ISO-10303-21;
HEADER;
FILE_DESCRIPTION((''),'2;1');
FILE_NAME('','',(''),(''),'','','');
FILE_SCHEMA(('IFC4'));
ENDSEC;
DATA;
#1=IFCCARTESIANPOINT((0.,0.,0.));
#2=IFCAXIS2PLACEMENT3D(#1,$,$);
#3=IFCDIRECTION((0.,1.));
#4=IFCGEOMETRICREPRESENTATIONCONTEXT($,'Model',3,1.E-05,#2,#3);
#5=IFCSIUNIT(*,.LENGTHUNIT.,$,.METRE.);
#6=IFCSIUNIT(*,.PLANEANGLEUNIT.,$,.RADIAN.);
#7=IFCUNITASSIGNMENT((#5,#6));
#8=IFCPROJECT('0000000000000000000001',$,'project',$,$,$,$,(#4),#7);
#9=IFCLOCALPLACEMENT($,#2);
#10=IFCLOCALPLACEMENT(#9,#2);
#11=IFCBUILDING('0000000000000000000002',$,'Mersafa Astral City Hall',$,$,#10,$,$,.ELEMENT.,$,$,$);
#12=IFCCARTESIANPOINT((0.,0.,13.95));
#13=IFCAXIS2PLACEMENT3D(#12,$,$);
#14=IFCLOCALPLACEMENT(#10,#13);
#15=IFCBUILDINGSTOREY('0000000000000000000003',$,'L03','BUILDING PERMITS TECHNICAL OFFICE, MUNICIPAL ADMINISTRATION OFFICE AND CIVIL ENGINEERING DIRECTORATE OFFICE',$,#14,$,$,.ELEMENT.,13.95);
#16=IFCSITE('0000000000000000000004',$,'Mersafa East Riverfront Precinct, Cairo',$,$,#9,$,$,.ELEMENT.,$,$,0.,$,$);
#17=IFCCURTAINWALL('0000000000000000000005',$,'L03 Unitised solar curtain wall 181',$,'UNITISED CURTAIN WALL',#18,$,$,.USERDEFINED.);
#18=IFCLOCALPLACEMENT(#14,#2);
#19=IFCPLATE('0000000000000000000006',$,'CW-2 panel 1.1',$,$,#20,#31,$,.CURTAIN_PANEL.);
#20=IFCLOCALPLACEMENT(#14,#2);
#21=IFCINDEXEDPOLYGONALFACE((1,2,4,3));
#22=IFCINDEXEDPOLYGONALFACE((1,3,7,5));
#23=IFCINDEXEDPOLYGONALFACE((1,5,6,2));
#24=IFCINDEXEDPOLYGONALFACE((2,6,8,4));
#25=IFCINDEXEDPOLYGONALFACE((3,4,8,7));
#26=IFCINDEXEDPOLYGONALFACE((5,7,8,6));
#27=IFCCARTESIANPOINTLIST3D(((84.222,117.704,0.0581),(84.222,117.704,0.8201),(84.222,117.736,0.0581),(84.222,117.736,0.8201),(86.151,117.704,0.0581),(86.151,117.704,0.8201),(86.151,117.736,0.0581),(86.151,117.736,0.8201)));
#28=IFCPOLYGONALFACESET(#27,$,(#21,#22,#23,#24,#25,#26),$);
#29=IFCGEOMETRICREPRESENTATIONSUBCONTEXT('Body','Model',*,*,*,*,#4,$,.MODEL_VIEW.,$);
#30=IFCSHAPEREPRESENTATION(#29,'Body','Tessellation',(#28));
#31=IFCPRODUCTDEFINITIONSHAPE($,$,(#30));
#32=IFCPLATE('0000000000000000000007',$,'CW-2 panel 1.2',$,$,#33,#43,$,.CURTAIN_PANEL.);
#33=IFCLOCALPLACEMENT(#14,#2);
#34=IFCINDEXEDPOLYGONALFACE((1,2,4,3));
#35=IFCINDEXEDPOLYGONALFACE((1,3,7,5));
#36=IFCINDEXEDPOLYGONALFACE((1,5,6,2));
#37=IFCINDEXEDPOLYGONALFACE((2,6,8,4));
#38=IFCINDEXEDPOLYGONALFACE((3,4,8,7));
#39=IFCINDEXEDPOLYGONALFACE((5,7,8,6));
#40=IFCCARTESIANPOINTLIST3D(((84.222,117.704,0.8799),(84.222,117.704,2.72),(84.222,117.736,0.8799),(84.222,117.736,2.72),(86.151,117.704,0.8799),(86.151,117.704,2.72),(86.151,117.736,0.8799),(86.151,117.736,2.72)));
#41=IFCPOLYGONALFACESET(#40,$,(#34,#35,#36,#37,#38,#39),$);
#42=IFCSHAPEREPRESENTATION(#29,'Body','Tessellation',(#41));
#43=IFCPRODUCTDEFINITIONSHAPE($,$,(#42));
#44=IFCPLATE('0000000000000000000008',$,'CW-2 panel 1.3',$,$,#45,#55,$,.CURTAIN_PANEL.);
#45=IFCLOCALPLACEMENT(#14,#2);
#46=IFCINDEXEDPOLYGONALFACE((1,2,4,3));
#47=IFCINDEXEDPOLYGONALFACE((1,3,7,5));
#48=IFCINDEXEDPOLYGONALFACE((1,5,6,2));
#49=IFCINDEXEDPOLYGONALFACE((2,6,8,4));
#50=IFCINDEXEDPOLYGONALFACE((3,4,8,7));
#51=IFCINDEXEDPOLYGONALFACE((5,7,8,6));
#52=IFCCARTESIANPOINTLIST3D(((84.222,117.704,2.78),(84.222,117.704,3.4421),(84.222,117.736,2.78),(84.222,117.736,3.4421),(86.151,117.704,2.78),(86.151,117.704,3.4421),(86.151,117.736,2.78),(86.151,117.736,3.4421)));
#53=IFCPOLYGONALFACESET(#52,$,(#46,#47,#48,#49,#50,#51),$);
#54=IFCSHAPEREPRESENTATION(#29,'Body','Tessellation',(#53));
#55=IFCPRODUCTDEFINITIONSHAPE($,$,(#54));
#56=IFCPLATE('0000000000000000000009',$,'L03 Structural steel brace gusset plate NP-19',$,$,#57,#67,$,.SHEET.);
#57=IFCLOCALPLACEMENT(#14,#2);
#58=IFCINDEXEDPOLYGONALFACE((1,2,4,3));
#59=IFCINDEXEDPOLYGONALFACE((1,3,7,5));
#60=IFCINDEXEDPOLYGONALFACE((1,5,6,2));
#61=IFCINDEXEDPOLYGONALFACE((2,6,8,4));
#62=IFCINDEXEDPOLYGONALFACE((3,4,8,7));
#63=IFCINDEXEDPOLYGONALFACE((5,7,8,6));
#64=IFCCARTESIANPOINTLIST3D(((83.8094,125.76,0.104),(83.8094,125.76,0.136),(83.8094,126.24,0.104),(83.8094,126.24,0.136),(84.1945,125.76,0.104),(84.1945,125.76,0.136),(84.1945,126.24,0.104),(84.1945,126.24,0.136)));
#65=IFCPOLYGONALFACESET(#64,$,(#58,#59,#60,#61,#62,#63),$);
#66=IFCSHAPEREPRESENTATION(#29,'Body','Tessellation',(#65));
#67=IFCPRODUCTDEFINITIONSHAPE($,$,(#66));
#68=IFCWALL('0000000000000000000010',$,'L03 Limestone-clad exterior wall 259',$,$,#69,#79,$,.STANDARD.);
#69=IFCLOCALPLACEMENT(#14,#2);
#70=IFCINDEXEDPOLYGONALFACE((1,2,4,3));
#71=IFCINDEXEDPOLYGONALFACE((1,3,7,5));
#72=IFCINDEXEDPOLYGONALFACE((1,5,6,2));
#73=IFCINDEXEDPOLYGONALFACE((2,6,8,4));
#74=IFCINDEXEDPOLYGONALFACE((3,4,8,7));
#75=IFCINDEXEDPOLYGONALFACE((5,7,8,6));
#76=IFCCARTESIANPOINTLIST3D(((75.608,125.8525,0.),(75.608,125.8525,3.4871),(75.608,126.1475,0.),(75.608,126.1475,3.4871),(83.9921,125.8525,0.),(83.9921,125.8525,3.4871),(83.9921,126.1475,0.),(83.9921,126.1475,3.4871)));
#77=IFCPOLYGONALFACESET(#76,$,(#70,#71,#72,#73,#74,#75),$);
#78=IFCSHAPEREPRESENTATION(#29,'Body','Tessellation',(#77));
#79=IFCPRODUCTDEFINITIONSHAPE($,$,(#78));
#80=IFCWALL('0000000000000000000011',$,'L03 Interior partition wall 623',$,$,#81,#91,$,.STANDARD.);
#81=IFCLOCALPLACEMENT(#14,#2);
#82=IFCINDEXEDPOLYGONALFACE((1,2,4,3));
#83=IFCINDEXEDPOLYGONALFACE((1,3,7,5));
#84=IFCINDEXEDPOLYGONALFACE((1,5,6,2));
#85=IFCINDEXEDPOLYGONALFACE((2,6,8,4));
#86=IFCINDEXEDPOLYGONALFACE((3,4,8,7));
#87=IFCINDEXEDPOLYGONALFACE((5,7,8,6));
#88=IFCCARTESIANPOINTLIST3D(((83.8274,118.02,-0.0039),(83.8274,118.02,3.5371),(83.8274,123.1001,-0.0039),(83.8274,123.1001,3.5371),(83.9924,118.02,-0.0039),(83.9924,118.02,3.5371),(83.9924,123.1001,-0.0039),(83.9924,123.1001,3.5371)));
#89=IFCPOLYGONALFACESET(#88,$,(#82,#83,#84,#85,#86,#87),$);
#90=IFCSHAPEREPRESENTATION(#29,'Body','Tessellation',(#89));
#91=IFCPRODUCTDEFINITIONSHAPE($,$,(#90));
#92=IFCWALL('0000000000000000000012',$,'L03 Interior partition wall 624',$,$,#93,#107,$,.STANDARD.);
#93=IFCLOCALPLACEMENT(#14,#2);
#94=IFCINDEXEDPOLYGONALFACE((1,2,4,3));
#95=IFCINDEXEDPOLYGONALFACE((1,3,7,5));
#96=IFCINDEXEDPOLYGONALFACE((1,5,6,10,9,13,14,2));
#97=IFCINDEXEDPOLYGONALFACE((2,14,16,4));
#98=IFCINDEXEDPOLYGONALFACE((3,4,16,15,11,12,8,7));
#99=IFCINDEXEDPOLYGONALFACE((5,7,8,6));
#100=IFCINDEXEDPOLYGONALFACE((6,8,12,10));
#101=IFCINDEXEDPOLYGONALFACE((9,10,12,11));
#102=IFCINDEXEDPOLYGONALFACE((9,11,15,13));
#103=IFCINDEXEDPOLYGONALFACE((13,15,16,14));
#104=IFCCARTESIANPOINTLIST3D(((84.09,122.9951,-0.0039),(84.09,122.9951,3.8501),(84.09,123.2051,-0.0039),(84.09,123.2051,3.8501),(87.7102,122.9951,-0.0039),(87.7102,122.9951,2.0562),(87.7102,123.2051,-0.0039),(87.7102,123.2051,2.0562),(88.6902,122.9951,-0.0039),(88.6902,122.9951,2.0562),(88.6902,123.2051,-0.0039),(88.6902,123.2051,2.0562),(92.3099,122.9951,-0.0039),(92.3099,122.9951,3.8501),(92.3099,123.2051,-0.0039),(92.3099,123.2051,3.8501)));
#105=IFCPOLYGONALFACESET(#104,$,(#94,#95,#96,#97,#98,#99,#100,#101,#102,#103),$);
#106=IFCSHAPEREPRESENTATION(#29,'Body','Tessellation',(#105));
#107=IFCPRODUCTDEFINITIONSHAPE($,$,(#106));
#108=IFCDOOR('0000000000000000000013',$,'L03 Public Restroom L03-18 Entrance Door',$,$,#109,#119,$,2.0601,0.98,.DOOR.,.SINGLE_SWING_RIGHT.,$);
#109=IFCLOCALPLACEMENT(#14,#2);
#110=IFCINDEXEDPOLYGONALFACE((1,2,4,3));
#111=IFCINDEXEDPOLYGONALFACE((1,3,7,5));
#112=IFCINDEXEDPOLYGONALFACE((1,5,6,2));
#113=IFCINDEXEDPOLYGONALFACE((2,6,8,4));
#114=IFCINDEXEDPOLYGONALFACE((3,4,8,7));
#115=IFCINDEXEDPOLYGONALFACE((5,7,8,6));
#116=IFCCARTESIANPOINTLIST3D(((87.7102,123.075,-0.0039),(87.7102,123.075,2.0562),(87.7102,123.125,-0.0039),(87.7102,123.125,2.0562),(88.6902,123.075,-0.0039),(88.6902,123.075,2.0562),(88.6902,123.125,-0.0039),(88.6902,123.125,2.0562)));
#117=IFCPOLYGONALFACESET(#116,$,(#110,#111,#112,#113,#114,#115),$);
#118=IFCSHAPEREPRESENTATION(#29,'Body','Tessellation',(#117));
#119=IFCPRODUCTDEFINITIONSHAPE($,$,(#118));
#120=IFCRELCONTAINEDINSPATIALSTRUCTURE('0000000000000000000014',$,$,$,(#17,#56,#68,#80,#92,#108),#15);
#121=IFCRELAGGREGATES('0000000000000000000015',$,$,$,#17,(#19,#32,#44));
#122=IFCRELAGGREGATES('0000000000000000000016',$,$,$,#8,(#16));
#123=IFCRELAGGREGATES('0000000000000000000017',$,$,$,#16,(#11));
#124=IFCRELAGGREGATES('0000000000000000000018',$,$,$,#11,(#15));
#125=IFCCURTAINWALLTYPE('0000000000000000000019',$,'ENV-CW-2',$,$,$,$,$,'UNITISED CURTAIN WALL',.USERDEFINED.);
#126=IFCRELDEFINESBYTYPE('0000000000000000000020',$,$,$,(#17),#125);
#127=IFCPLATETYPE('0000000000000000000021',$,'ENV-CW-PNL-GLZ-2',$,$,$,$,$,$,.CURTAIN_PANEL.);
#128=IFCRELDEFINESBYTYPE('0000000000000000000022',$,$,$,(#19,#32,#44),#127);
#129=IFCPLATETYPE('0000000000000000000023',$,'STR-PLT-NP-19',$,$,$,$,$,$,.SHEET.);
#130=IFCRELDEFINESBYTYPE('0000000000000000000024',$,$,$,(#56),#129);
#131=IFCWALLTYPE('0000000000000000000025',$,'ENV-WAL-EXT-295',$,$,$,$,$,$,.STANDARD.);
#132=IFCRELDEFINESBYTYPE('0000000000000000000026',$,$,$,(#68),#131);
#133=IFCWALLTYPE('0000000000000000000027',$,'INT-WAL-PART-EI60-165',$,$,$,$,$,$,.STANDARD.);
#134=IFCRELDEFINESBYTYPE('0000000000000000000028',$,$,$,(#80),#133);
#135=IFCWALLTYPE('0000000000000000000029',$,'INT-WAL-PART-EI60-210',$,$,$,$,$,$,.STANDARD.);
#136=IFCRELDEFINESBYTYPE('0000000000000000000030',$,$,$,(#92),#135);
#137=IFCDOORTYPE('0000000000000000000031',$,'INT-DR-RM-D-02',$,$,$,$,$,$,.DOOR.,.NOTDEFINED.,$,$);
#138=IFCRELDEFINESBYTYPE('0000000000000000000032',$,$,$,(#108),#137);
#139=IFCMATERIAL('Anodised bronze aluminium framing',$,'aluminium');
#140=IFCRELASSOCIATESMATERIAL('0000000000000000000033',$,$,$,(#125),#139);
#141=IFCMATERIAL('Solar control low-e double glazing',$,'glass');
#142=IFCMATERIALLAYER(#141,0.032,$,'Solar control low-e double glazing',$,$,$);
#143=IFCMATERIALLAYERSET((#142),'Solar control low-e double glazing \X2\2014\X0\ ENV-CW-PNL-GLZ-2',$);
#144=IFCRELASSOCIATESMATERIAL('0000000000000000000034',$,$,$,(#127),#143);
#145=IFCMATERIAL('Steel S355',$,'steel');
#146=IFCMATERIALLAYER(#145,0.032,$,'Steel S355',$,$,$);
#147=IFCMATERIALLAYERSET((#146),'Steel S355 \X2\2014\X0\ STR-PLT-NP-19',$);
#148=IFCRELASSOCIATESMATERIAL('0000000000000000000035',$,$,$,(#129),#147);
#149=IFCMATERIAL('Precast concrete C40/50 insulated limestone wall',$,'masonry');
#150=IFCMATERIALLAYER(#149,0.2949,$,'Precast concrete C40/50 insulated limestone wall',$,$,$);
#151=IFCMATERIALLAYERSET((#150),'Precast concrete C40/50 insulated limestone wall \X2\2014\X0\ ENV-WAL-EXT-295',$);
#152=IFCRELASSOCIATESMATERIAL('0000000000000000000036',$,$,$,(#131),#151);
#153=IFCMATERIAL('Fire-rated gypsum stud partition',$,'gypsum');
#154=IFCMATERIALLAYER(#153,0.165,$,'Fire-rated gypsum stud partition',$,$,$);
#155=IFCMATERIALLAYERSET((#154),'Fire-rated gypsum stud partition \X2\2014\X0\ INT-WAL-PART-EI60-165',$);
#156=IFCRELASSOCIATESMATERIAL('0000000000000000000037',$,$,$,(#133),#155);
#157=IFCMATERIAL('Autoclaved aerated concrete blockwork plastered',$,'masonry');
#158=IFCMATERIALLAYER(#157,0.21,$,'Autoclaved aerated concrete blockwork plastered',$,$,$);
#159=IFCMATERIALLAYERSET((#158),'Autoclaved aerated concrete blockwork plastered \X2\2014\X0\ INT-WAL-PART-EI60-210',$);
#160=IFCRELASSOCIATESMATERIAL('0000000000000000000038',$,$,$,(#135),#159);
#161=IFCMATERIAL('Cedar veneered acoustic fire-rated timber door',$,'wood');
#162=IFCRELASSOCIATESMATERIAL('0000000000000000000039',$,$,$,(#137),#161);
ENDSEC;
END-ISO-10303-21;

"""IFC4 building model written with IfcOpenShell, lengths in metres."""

from ifc_helpers import new_model, si_unit, direction, frame, frame_2d, origin, origin_2d, place, context, subcontext, project, spatial, rectangle, extrude, material, layer, layer_set, type_object, element, fill, aggregate, save


model = new_model("IFC4")

# Units and contexts
model_context = context("Model", 3, precision=1e-05, world=origin(), true_north=direction((0.0, 1.0)))
body_context = subcontext(model_context, "Body", "Model", "MODEL_VIEW")
ifc_project = project(units=[si_unit("LENGTHUNIT", "METRE"), si_unit("PLANEANGLEUNIT", "RADIAN")], contexts=[model_context])

# Site, building, storey
site_placement = place(None, origin())
site = spatial("IfcSite", under=ifc_project, at=site_placement, Name="Mersafa East Riverfront Precinct, Cairo", CompositionType="ELEMENT", RefElevation=0.0)
building_placement = place(site_placement, origin())
building = spatial("IfcBuilding", under=site, at=building_placement, Name="Mersafa Astral City Hall", CompositionType="ELEMENT")
storey_placement = place(building_placement, frame((0.0, 0.0, 13.95)))
storey = spatial("IfcBuildingStorey", under=building, at=storey_placement, Name="L03", Description="BUILDING PERMITS TECHNICAL OFFICE, MUNICIPAL ADMINISTRATION OFFICE AND CIVIL ENGINEERING DIRECTORATE OFFICE", CompositionType="ELEMENT", Elevation=13.95)

# Shared definitions
ifc_material_1 = material(Name="Steel S355", Category="steel")

# Shared definitions
ifc_material_2 = material(Name="Anodised bronze aluminium framing", Category="aluminium")

# Curtain wall
curtain_wall_type_1 = type_object("IfcCurtainWallType", Name="ENV-CW-2", ElementType="UNITISED CURTAIN WALL", PredefinedType="USERDEFINED", material=ifc_material_2)
curtain_wall_1_placement = place(storey_placement, origin())
curtain_wall_1 = element("IfcCurtainWall", 1, at=curtain_wall_1_placement, inside=storey, type_object=curtain_wall_type_1, Name="L03 Unitised solar curtain wall 181", ObjectType="UNITISED CURTAIN WALL", PredefinedType="USERDEFINED")

# Plates
ifc_material_3 = material(Name="Solar control low-e double glazing", Category="glass")
ifc_layer_1 = layer(ifc_material_3, 0.032, Name="Solar control low-e double glazing")
ifc_layer_set_1 = layer_set([ifc_layer_1], Name="Solar control low-e double glazing — ENV-CW-PNL-GLZ-2")
plate_type_1 = type_object("IfcPlateType", Name="ENV-CW-PNL-GLZ-2", PredefinedType="CURTAIN_PANEL", material=ifc_layer_set_1)
plate_1_placement = place(storey_placement, frame((85.1865, 117.72, 0.0581), z_axis=(0.0, 0.0, 1.0), x_axis=(1.0, 0.0, 0.0)))
plate_1 = element("IfcPlate", 2, at=plate_1_placement, type_object=plate_type_1, Name="CW-2 panel 1.1", PredefinedType="CURTAIN_PANEL", context=body_context, shape_type="SweptSolid", body=[
    extrude(rectangle(XDim=1.929, YDim=0.032, at=origin_2d()), origin(), (0.0, 0.0, 1.0), 0.762),
])
plate_2_placement = place(storey_placement, frame((85.1865, 117.72, 0.8799), z_axis=(0.0, 0.0, 1.0), x_axis=(1.0, 0.0, 0.0)))
plate_2 = element("IfcPlate", 3, at=plate_2_placement, type_object=plate_type_1, Name="CW-2 panel 1.2", PredefinedType="CURTAIN_PANEL", context=body_context, shape_type="SweptSolid", body=[
    extrude(rectangle(XDim=1.929, YDim=0.032, at=origin_2d()), origin(), (0.0, 0.0, 1.0), 1.8401),
])
plate_3_placement = place(storey_placement, frame((85.1865, 117.72, 2.78), z_axis=(0.0, 0.0, 1.0), x_axis=(1.0, 0.0, 0.0)))
plate_3 = element("IfcPlate", 4, at=plate_3_placement, type_object=plate_type_1, Name="CW-2 panel 1.3", PredefinedType="CURTAIN_PANEL", context=body_context, shape_type="SweptSolid", body=[
    extrude(rectangle(XDim=1.929, YDim=0.032, at=origin_2d()), origin(), (0.0, 0.0, 1.0), 0.6621),
])
aggregate(curtain_wall_1, [plate_1, plate_2, plate_3])
ifc_layer_2 = layer(ifc_material_1, 0.032, Name="Steel S355")
ifc_layer_set_2 = layer_set([ifc_layer_2], Name="Steel S355 — STR-PLT-NP-19")
plate_type_2 = type_object("IfcPlateType", Name="STR-PLT-NP-19", PredefinedType="SHEET", material=ifc_layer_set_2)
plate_4_placement = place(storey_placement, frame((84.002, 126.0, 0.104), z_axis=(0.0, 0.0, 1.0), x_axis=(1.0, 0.0, 0.0)))
element("IfcPlate", 5, at=plate_4_placement, inside=storey, type_object=plate_type_2, Name="L03 Structural steel brace gusset plate NP-19", PredefinedType="SHEET", context=body_context, shape_type="SweptSolid", body=[
    extrude(rectangle(XDim=0.385, YDim=0.48, at=origin_2d()), origin(), (0.0, 0.0, 1.0), 0.032),
])

# Walls
ifc_material_4 = material(Name="Precast concrete C40/50 insulated limestone wall", Category="masonry")
ifc_layer_3 = layer(ifc_material_4, 0.2949, Name="Precast concrete C40/50 insulated limestone wall")
ifc_layer_set_3 = layer_set([ifc_layer_3], Name="Precast concrete C40/50 insulated limestone wall — ENV-WAL-EXT-295")
wall_type_1 = type_object("IfcWallType", Name="ENV-WAL-EXT-295", PredefinedType="STANDARD", material=ifc_layer_set_3)
wall_1_placement = place(storey_placement, frame((83.9919, 126.0, 0.0), z_axis=(0.0, 0.0, 1.0), x_axis=(-1.0, 0.0, 0.0)))
element("IfcWall", 6, at=wall_1_placement, inside=storey, type_object=wall_type_1, Name="L03 Limestone-clad exterior wall 259", PredefinedType="STANDARD", context=body_context, shape_type="SweptSolid", body=[
    extrude(rectangle(XDim=8.384, YDim=0.2949, at=frame_2d((4.1919, 0.0))), origin(), (0.0, 0.0, 1.0), 3.4871),
])
ifc_material_5 = material(Name="Fire-rated gypsum stud partition", Category="gypsum")
ifc_layer_4 = layer(ifc_material_5, 0.165, Name="Fire-rated gypsum stud partition")
ifc_layer_set_4 = layer_set([ifc_layer_4], Name="Fire-rated gypsum stud partition — INT-WAL-PART-EI60-165")
wall_type_2 = type_object("IfcWallType", Name="INT-WAL-PART-EI60-165", PredefinedType="STANDARD", material=ifc_layer_set_4)
wall_2_placement = place(storey_placement, frame((83.9099, 123.1001, -0.0039), z_axis=(0.0, 0.0, 1.0), x_axis=(0.0, -1.0, 0.0)))
element("IfcWall", 7, at=wall_2_placement, inside=storey, type_object=wall_type_2, Name="L03 Interior partition wall 623", PredefinedType="STANDARD", context=body_context, shape_type="SweptSolid", body=[
    extrude(rectangle(XDim=5.0801, YDim=0.165, at=frame_2d((2.54, 0.0))), origin(), (0.0, 0.0, 1.0), 3.541),
])

# Wall, opening, door
ifc_material_6 = material(Name="Autoclaved aerated concrete blockwork plastered", Category="masonry")
ifc_layer_5 = layer(ifc_material_6, 0.21, Name="Autoclaved aerated concrete blockwork plastered")
ifc_layer_set_5 = layer_set([ifc_layer_5], Name="Autoclaved aerated concrete blockwork plastered — INT-WAL-PART-EI60-210")
wall_type_3 = type_object("IfcWallType", Name="INT-WAL-PART-EI60-210", PredefinedType="STANDARD", material=ifc_layer_set_5)
wall_3_placement = place(storey_placement, frame((84.0901, 123.1001, -0.0039), z_axis=(0.0, 0.0, 1.0), x_axis=(1.0, 0.0, 0.0)))
wall_3 = element("IfcWall", 8, at=wall_3_placement, inside=storey, type_object=wall_type_3, Name="L03 Interior partition wall 624", PredefinedType="STANDARD", context=body_context, shape_type="SweptSolid", body=[
    extrude(rectangle(XDim=8.22, YDim=0.21, at=frame_2d((4.1099, 0.0))), origin(), (0.0, 0.0, 1.0), 3.854),
])
opening_placement = place(wall_3_placement, frame((3.6201, 0.0, 0.0)))
opening = element("IfcOpeningElement", 9, at=opening_placement, cuts=wall_3, PredefinedType="OPENING", context=body_context, shape_type="SweptSolid", body=[
    extrude(rectangle(XDim=0.98, YDim=2.0601, at=frame_2d((0.49, 1.03))), frame((0.0, 0.115, 0.0), z_axis=(0.0, -1.0, 0.0), x_axis=(1.0, 0.0, 0.0)), (0.0, 0.0, 1.0), 0.23),
])
ifc_material_7 = material(Name="Cedar veneered acoustic fire-rated timber door", Category="wood")
door_type = type_object("IfcDoorType", Name="INT-DR-RM-D-02", OperationType="NOTDEFINED", PredefinedType="DOOR", material=ifc_material_7)
door_placement = place(opening_placement, origin())
door = element("IfcDoor", 10, at=door_placement, inside=storey, type_object=door_type, Name="L03 Public Restroom L03-18 Entrance Door", OperationType="SINGLE_SWING_RIGHT", OverallHeight=2.0601, OverallWidth=0.98, PredefinedType="DOOR", context=body_context, shape_type="SweptSolid", body=[
    extrude(rectangle(XDim=0.98, YDim=2.0601, at=frame_2d((0.49, 1.03))), frame((0.0, 0.0249, 0.0), z_axis=(0.0, -1.0, 0.0), x_axis=(1.0, 0.0, 0.0)), (0.0, 0.0, 1.0), 0.05),
])
fill(opening, door)

save(model, "model.ifc")
